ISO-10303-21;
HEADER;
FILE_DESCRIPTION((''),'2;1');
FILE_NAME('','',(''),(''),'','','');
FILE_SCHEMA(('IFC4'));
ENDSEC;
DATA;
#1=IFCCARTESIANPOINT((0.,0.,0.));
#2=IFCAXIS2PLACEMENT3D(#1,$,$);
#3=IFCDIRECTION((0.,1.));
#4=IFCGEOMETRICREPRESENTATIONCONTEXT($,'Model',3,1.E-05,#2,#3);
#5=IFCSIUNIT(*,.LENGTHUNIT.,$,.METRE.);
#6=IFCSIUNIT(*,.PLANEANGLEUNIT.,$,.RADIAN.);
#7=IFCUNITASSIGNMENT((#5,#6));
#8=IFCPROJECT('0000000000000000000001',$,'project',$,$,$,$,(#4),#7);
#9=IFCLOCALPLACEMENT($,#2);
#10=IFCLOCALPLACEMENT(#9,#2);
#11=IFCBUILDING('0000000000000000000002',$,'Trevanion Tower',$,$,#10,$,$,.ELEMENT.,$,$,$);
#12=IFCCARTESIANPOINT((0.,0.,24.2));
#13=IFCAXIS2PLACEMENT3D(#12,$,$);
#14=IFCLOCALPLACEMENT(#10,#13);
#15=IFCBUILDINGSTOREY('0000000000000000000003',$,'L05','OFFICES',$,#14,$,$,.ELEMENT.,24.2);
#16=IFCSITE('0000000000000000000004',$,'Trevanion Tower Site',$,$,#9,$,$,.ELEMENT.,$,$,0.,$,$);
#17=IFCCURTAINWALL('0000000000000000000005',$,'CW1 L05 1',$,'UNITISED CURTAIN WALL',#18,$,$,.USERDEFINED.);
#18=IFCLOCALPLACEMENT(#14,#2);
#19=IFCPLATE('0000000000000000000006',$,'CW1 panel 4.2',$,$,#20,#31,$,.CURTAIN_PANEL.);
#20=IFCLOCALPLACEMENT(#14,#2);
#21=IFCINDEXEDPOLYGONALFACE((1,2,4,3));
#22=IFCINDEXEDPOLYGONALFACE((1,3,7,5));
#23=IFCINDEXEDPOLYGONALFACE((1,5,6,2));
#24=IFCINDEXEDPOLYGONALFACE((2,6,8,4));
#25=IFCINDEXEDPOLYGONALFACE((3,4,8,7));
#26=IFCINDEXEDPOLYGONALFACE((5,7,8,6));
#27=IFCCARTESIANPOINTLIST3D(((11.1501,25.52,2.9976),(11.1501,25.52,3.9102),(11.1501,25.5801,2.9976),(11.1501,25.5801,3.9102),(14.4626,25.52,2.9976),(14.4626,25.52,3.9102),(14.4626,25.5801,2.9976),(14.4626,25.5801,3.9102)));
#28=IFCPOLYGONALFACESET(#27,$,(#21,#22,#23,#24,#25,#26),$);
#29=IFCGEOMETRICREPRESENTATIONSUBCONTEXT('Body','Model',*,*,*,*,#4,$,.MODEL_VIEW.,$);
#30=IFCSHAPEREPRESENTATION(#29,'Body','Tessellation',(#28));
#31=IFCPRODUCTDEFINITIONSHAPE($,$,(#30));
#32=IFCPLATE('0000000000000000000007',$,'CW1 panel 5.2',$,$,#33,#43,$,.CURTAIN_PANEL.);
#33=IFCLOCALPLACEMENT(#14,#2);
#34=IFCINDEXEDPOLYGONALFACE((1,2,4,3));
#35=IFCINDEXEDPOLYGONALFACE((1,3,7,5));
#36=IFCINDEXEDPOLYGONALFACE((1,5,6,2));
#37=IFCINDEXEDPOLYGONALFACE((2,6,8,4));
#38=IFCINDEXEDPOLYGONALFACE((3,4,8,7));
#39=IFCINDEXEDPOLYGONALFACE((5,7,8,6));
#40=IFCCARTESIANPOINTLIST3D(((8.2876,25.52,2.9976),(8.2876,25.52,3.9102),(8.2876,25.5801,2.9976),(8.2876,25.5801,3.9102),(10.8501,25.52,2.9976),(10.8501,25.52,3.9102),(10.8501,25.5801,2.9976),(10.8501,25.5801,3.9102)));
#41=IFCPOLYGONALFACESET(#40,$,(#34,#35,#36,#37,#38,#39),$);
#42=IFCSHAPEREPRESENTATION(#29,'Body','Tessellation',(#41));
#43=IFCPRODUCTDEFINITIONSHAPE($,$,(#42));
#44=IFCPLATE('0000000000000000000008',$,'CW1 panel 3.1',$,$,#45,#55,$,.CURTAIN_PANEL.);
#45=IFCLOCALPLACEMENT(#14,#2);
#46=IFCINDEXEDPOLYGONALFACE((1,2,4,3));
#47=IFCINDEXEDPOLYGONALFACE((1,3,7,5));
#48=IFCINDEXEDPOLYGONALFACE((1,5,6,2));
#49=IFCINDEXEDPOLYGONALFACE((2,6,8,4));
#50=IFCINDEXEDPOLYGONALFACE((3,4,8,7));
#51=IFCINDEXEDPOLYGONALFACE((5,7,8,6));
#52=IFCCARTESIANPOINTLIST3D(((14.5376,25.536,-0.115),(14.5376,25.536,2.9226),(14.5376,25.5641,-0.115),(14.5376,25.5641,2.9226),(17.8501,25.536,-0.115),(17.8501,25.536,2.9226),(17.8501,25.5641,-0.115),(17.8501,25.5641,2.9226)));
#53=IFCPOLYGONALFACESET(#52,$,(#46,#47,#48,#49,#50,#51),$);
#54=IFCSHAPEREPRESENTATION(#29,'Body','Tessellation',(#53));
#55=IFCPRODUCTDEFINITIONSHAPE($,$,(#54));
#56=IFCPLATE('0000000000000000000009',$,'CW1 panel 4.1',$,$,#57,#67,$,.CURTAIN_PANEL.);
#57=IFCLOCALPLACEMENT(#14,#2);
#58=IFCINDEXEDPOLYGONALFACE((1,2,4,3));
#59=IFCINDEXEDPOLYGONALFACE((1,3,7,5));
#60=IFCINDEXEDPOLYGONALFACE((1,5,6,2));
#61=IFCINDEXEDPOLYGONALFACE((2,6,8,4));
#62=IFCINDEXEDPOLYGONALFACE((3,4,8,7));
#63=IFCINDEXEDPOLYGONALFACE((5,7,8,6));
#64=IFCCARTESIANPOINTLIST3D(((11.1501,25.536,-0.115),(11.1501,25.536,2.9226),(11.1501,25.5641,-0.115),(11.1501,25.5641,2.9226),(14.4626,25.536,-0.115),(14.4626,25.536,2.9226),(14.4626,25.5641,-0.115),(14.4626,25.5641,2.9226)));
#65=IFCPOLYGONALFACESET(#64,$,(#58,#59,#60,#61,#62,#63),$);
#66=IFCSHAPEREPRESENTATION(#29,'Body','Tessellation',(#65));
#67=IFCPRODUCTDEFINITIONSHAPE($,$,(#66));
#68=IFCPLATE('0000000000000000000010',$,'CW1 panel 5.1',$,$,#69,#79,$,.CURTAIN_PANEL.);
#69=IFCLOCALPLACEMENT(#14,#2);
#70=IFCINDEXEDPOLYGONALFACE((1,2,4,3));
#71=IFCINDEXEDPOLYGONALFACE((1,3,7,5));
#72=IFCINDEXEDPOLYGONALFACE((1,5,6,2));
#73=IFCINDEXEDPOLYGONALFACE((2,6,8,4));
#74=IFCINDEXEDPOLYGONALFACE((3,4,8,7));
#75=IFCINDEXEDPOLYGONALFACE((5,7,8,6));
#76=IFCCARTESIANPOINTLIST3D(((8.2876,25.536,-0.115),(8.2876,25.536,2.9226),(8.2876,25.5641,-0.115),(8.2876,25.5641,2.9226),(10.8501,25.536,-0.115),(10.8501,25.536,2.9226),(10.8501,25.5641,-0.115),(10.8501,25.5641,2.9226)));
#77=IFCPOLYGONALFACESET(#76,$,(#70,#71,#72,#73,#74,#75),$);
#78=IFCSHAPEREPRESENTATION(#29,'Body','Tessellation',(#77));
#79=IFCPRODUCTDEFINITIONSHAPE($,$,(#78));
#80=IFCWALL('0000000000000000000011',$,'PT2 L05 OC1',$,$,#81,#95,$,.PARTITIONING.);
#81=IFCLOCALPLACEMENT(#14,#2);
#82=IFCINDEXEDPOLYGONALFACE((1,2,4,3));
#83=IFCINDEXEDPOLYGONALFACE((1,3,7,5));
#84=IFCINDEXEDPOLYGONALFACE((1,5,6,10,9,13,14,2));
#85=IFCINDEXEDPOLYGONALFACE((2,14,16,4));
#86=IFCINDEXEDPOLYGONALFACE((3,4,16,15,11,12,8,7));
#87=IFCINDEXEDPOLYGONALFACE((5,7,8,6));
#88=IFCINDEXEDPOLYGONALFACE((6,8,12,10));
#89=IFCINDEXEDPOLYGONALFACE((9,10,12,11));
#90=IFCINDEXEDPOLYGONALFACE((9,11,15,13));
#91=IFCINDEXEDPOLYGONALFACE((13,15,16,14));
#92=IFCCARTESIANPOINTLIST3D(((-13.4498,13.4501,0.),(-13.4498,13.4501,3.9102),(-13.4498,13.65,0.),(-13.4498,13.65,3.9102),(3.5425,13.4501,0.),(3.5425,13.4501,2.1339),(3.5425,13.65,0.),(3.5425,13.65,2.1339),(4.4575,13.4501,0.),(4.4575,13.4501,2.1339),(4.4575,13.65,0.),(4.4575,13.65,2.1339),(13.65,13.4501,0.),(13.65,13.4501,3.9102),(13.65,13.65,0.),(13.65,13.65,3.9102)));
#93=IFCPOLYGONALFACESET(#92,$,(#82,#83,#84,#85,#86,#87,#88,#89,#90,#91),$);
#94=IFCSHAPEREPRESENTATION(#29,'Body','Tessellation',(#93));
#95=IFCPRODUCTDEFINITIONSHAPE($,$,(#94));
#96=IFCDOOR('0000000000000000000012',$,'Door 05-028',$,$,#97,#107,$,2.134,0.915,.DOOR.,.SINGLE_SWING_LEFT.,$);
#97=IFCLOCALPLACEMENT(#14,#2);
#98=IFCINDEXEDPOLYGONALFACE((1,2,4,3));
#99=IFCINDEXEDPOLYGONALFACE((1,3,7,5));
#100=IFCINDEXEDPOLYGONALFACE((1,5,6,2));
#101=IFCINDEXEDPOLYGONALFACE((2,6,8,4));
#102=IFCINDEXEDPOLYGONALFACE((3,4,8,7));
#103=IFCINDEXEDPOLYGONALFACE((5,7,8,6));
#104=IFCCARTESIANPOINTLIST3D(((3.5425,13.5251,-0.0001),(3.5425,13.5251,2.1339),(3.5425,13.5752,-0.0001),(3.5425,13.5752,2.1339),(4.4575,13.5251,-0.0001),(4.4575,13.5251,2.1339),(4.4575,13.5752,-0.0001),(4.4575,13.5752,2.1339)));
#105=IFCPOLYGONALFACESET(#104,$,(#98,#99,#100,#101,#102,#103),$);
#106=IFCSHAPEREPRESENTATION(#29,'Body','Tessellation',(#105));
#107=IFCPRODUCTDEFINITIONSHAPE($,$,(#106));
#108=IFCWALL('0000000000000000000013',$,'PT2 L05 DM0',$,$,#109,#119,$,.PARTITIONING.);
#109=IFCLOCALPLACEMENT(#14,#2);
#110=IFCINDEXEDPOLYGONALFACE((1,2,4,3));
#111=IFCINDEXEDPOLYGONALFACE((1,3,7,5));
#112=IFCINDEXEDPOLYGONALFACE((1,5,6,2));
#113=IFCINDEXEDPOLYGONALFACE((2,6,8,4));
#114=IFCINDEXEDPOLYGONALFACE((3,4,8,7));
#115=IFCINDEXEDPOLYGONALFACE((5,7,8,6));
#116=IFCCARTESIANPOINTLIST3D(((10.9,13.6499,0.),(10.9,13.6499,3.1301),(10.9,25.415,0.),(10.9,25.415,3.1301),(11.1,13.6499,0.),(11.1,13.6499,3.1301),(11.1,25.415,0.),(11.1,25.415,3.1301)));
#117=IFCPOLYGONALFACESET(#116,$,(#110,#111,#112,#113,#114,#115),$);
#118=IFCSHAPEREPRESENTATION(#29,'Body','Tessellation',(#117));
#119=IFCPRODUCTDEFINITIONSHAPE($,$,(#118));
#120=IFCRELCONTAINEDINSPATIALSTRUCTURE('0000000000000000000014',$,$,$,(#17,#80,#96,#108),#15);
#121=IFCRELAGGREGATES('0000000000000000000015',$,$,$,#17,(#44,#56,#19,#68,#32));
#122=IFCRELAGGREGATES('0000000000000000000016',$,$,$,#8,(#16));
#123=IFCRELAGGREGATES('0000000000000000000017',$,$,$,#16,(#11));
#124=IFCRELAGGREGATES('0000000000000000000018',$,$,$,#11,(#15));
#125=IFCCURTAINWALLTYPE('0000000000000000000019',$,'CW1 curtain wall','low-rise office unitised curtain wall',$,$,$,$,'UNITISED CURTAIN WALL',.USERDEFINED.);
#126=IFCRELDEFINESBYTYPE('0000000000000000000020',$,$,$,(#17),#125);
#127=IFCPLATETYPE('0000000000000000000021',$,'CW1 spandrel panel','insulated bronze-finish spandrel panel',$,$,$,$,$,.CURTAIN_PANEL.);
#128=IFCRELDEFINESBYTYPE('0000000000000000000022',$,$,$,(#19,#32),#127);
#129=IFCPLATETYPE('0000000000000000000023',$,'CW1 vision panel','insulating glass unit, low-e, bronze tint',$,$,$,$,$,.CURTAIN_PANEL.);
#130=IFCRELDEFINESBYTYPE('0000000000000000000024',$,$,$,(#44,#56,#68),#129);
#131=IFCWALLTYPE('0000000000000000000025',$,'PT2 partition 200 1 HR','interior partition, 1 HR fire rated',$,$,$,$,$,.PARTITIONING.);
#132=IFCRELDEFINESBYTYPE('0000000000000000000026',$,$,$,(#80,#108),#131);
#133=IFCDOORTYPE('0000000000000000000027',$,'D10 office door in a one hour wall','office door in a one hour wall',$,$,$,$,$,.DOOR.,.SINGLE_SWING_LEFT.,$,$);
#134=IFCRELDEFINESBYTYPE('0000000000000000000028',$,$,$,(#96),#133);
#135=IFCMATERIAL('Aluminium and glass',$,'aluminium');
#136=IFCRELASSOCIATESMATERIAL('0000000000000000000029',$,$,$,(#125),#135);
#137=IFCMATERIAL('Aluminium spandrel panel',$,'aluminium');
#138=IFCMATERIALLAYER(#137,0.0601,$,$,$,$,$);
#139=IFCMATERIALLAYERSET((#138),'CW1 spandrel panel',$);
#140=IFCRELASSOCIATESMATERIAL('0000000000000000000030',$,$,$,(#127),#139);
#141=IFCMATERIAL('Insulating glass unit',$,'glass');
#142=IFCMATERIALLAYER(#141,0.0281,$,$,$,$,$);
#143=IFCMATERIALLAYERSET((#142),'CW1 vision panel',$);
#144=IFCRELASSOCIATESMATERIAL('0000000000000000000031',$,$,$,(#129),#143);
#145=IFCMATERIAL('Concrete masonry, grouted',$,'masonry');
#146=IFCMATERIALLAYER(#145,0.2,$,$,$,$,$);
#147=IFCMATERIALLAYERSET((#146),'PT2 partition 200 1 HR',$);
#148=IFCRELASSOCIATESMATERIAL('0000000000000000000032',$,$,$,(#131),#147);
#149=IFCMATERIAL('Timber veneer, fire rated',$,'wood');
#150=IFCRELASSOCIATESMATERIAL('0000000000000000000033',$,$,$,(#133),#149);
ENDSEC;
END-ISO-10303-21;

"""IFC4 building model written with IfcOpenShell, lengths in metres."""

from ifc_helpers import new_model, si_unit, direction, frame, frame_2d, origin, origin_2d, place, context, subcontext, project, spatial, rectangle, extrude, material, layer, layer_set, type_object, element, fill, aggregate, save


model = new_model("IFC4")

# Units and contexts
model_context = context("Model", 3, precision=1e-05, world=origin(), true_north=direction((0.0, 1.0)))
body_context = subcontext(model_context, "Body", "Model", "MODEL_VIEW")
ifc_project = project(units=[si_unit("LENGTHUNIT", "METRE"), si_unit("PLANEANGLEUNIT", "RADIAN")], contexts=[model_context])

# Site, building, storey
site_placement = place(None, origin())
site = spatial("IfcSite", under=ifc_project, at=site_placement, Name="Trevanion Tower Site", CompositionType="ELEMENT", RefElevation=0.0)
building_placement = place(site_placement, origin())
building = spatial("IfcBuilding", under=site, at=building_placement, Name="Trevanion Tower", CompositionType="ELEMENT")
storey_placement = place(building_placement, frame((0.0, 0.0, 24.2)))
storey = spatial("IfcBuildingStorey", under=building, at=storey_placement, Name="L05", Description="OFFICES", CompositionType="ELEMENT", Elevation=24.2)

# Curtain wall
ifc_material_1 = material(Name="Aluminium and glass", Category="aluminium")
curtain_wall_type = type_object("IfcCurtainWallType", Name="CW1 curtain wall", Description="low-rise office unitised curtain wall", ElementType="UNITISED CURTAIN WALL", PredefinedType="USERDEFINED", material=ifc_material_1)
curtain_wall_placement = place(storey_placement, origin())
curtain_wall = element("IfcCurtainWall", 1, at=curtain_wall_placement, inside=storey, type_object=curtain_wall_type, Name="CW1 L05 1", ObjectType="UNITISED CURTAIN WALL", PredefinedType="USERDEFINED")

# Plates
ifc_material_2 = material(Name="Aluminium spandrel panel", Category="aluminium")
ifc_layer_1 = layer(ifc_material_2, 0.0601)
ifc_layer_set_1 = layer_set([ifc_layer_1], Name="CW1 spandrel panel")
plate_type_1 = type_object("IfcPlateType", Name="CW1 spandrel panel", Description="insulated bronze-finish spandrel panel", PredefinedType="CURTAIN_PANEL", material=ifc_layer_set_1)
plate_1_placement = place(storey_placement, frame((12.8064, 25.55, 2.9976), z_axis=(0.0, 0.0, 1.0), x_axis=(-1.0, 0.0, 0.0)))
plate_1 = element("IfcPlate", 2, at=plate_1_placement, type_object=plate_type_1, Name="CW1 panel 4.2", PredefinedType="CURTAIN_PANEL", context=body_context, shape_type="SweptSolid", body=[
    extrude(rectangle(XDim=3.3125, YDim=0.0601, at=origin_2d()), origin(), (0.0, 0.0, 1.0), 0.9126),
])
plate_2_placement = place(storey_placement, frame((9.5688, 25.55, 2.9976), z_axis=(0.0, 0.0, 1.0), x_axis=(-1.0, 0.0, 0.0)))
plate_2 = element("IfcPlate", 3, at=plate_2_placement, type_object=plate_type_1, Name="CW1 panel 5.2", PredefinedType="CURTAIN_PANEL", context=body_context, shape_type="SweptSolid", body=[
    extrude(rectangle(XDim=2.5625, YDim=0.0601, at=origin_2d()), origin(), (0.0, 0.0, 1.0), 0.9126),
])
ifc_material_3 = material(Name="Insulating glass unit", Category="glass")
ifc_layer_2 = layer(ifc_material_3, 0.0281)
ifc_layer_set_2 = layer_set([ifc_layer_2], Name="CW1 vision panel")
plate_type_2 = type_object("IfcPlateType", Name="CW1 vision panel", Description="insulating glass unit, low-e, bronze tint", PredefinedType="CURTAIN_PANEL", material=ifc_layer_set_2)
plate_3_placement = place(storey_placement, frame((16.1938, 25.55, -0.115), z_axis=(0.0, 0.0, 1.0), x_axis=(-1.0, 0.0, 0.0)))
plate_3 = element("IfcPlate", 4, at=plate_3_placement, type_object=plate_type_2, Name="CW1 panel 3.1", PredefinedType="CURTAIN_PANEL", context=body_context, shape_type="SweptSolid", body=[
    extrude(rectangle(XDim=3.3125, YDim=0.0281, at=origin_2d()), origin(), (0.0, 0.0, 1.0), 3.0376),
])
plate_4_placement = place(storey_placement, frame((12.8064, 25.55, -0.115), z_axis=(0.0, 0.0, 1.0), x_axis=(-1.0, 0.0, 0.0)))
plate_4 = element("IfcPlate", 5, at=plate_4_placement, type_object=plate_type_2, Name="CW1 panel 4.1", PredefinedType="CURTAIN_PANEL", context=body_context, shape_type="SweptSolid", body=[
    extrude(rectangle(XDim=3.3125, YDim=0.0281, at=origin_2d()), origin(), (0.0, 0.0, 1.0), 3.0376),
])
plate_5_placement = place(storey_placement, frame((9.5688, 25.55, -0.115), z_axis=(0.0, 0.0, 1.0), x_axis=(-1.0, 0.0, 0.0)))
plate_5 = element("IfcPlate", 6, at=plate_5_placement, type_object=plate_type_2, Name="CW1 panel 5.1", PredefinedType="CURTAIN_PANEL", context=body_context, shape_type="SweptSolid", body=[
    extrude(rectangle(XDim=2.5625, YDim=0.0281, at=origin_2d()), origin(), (0.0, 0.0, 1.0), 3.0376),
])
aggregate(curtain_wall, [plate_3, plate_4, plate_1, plate_5, plate_2])

# Wall, opening, door
ifc_material_4 = material(Name="Concrete masonry, grouted", Category="masonry")
ifc_layer_3 = layer(ifc_material_4, 0.2)
ifc_layer_set_3 = layer_set([ifc_layer_3], Name="PT2 partition 200 1 HR")
wall_type = type_object("IfcWallType", Name="PT2 partition 200 1 HR", Description="interior partition, 1 HR fire rated", PredefinedType="PARTITIONING", material=ifc_layer_set_3)
wall_1_placement = place(storey_placement, frame((13.6499, 13.55, 0.0), z_axis=(0.0, 0.0, 1.0), x_axis=(-1.0, 0.0, 0.0)))
wall_1 = element("IfcWall", 7, at=wall_1_placement, inside=storey, type_object=wall_type, Name="PT2 L05 OC1", PredefinedType="PARTITIONING", context=body_context, shape_type="SweptSolid", body=[
    extrude(rectangle(XDim=27.0999, YDim=0.2, at=frame_2d((13.5498, 0.0))), origin(), (0.0, 0.0, 1.0), 3.9102),
])
opening_placement = place(wall_1_placement, frame((9.1924, 0.0, 0.0)))
opening = element("IfcOpeningElement", 8, at=opening_placement, cuts=wall_1, PredefinedType="OPENING", context=body_context, shape_type="SweptSolid", body=[
    extrude(rectangle(XDim=0.915, YDim=2.134, at=frame_2d((0.4575, 1.0669))), frame((0.0, 0.1099, 0.0), z_axis=(0.0, -1.0, 0.0), x_axis=(1.0, 0.0, 0.0)), (0.0, 0.0, 1.0), 0.22),
])
ifc_material_5 = material(Name="Timber veneer, fire rated", Category="wood")
door_type = type_object("IfcDoorType", Name="D10 office door in a one hour wall", Description="office door in a one hour wall", OperationType="SINGLE_SWING_LEFT", PredefinedType="DOOR", material=ifc_material_5)
door_placement = place(opening_placement, origin())
door = element("IfcDoor", 9, at=door_placement, inside=storey, type_object=door_type, Name="Door 05-028", OperationType="SINGLE_SWING_LEFT", OverallHeight=2.134, OverallWidth=0.915, PredefinedType="DOOR", context=body_context, shape_type="SweptSolid", body=[
    extrude(rectangle(XDim=0.915, YDim=2.134, at=frame_2d((0.4575, 1.0669))), frame((0.0, 0.0249, 0.0), z_axis=(0.0, -1.0, 0.0), x_axis=(1.0, 0.0, 0.0)), (0.0, 0.0, 1.0), 0.05),
])
fill(opening, door)

# Wall
wall_2_placement = place(storey_placement, frame((11.0, 13.6499, 0.0), z_axis=(0.0, 0.0, 1.0), x_axis=(0.0, 1.0, 0.0)))
element("IfcWall", 10, at=wall_2_placement, inside=storey, type_object=wall_type, Name="PT2 L05 DM0", PredefinedType="PARTITIONING", context=body_context, shape_type="SweptSolid", body=[
    extrude(rectangle(XDim=11.7651, YDim=0.2, at=frame_2d((5.8826, 0.0))), origin(), (0.0, 0.0, 1.0), 3.1301),
])

save(model, "model.ifc")
